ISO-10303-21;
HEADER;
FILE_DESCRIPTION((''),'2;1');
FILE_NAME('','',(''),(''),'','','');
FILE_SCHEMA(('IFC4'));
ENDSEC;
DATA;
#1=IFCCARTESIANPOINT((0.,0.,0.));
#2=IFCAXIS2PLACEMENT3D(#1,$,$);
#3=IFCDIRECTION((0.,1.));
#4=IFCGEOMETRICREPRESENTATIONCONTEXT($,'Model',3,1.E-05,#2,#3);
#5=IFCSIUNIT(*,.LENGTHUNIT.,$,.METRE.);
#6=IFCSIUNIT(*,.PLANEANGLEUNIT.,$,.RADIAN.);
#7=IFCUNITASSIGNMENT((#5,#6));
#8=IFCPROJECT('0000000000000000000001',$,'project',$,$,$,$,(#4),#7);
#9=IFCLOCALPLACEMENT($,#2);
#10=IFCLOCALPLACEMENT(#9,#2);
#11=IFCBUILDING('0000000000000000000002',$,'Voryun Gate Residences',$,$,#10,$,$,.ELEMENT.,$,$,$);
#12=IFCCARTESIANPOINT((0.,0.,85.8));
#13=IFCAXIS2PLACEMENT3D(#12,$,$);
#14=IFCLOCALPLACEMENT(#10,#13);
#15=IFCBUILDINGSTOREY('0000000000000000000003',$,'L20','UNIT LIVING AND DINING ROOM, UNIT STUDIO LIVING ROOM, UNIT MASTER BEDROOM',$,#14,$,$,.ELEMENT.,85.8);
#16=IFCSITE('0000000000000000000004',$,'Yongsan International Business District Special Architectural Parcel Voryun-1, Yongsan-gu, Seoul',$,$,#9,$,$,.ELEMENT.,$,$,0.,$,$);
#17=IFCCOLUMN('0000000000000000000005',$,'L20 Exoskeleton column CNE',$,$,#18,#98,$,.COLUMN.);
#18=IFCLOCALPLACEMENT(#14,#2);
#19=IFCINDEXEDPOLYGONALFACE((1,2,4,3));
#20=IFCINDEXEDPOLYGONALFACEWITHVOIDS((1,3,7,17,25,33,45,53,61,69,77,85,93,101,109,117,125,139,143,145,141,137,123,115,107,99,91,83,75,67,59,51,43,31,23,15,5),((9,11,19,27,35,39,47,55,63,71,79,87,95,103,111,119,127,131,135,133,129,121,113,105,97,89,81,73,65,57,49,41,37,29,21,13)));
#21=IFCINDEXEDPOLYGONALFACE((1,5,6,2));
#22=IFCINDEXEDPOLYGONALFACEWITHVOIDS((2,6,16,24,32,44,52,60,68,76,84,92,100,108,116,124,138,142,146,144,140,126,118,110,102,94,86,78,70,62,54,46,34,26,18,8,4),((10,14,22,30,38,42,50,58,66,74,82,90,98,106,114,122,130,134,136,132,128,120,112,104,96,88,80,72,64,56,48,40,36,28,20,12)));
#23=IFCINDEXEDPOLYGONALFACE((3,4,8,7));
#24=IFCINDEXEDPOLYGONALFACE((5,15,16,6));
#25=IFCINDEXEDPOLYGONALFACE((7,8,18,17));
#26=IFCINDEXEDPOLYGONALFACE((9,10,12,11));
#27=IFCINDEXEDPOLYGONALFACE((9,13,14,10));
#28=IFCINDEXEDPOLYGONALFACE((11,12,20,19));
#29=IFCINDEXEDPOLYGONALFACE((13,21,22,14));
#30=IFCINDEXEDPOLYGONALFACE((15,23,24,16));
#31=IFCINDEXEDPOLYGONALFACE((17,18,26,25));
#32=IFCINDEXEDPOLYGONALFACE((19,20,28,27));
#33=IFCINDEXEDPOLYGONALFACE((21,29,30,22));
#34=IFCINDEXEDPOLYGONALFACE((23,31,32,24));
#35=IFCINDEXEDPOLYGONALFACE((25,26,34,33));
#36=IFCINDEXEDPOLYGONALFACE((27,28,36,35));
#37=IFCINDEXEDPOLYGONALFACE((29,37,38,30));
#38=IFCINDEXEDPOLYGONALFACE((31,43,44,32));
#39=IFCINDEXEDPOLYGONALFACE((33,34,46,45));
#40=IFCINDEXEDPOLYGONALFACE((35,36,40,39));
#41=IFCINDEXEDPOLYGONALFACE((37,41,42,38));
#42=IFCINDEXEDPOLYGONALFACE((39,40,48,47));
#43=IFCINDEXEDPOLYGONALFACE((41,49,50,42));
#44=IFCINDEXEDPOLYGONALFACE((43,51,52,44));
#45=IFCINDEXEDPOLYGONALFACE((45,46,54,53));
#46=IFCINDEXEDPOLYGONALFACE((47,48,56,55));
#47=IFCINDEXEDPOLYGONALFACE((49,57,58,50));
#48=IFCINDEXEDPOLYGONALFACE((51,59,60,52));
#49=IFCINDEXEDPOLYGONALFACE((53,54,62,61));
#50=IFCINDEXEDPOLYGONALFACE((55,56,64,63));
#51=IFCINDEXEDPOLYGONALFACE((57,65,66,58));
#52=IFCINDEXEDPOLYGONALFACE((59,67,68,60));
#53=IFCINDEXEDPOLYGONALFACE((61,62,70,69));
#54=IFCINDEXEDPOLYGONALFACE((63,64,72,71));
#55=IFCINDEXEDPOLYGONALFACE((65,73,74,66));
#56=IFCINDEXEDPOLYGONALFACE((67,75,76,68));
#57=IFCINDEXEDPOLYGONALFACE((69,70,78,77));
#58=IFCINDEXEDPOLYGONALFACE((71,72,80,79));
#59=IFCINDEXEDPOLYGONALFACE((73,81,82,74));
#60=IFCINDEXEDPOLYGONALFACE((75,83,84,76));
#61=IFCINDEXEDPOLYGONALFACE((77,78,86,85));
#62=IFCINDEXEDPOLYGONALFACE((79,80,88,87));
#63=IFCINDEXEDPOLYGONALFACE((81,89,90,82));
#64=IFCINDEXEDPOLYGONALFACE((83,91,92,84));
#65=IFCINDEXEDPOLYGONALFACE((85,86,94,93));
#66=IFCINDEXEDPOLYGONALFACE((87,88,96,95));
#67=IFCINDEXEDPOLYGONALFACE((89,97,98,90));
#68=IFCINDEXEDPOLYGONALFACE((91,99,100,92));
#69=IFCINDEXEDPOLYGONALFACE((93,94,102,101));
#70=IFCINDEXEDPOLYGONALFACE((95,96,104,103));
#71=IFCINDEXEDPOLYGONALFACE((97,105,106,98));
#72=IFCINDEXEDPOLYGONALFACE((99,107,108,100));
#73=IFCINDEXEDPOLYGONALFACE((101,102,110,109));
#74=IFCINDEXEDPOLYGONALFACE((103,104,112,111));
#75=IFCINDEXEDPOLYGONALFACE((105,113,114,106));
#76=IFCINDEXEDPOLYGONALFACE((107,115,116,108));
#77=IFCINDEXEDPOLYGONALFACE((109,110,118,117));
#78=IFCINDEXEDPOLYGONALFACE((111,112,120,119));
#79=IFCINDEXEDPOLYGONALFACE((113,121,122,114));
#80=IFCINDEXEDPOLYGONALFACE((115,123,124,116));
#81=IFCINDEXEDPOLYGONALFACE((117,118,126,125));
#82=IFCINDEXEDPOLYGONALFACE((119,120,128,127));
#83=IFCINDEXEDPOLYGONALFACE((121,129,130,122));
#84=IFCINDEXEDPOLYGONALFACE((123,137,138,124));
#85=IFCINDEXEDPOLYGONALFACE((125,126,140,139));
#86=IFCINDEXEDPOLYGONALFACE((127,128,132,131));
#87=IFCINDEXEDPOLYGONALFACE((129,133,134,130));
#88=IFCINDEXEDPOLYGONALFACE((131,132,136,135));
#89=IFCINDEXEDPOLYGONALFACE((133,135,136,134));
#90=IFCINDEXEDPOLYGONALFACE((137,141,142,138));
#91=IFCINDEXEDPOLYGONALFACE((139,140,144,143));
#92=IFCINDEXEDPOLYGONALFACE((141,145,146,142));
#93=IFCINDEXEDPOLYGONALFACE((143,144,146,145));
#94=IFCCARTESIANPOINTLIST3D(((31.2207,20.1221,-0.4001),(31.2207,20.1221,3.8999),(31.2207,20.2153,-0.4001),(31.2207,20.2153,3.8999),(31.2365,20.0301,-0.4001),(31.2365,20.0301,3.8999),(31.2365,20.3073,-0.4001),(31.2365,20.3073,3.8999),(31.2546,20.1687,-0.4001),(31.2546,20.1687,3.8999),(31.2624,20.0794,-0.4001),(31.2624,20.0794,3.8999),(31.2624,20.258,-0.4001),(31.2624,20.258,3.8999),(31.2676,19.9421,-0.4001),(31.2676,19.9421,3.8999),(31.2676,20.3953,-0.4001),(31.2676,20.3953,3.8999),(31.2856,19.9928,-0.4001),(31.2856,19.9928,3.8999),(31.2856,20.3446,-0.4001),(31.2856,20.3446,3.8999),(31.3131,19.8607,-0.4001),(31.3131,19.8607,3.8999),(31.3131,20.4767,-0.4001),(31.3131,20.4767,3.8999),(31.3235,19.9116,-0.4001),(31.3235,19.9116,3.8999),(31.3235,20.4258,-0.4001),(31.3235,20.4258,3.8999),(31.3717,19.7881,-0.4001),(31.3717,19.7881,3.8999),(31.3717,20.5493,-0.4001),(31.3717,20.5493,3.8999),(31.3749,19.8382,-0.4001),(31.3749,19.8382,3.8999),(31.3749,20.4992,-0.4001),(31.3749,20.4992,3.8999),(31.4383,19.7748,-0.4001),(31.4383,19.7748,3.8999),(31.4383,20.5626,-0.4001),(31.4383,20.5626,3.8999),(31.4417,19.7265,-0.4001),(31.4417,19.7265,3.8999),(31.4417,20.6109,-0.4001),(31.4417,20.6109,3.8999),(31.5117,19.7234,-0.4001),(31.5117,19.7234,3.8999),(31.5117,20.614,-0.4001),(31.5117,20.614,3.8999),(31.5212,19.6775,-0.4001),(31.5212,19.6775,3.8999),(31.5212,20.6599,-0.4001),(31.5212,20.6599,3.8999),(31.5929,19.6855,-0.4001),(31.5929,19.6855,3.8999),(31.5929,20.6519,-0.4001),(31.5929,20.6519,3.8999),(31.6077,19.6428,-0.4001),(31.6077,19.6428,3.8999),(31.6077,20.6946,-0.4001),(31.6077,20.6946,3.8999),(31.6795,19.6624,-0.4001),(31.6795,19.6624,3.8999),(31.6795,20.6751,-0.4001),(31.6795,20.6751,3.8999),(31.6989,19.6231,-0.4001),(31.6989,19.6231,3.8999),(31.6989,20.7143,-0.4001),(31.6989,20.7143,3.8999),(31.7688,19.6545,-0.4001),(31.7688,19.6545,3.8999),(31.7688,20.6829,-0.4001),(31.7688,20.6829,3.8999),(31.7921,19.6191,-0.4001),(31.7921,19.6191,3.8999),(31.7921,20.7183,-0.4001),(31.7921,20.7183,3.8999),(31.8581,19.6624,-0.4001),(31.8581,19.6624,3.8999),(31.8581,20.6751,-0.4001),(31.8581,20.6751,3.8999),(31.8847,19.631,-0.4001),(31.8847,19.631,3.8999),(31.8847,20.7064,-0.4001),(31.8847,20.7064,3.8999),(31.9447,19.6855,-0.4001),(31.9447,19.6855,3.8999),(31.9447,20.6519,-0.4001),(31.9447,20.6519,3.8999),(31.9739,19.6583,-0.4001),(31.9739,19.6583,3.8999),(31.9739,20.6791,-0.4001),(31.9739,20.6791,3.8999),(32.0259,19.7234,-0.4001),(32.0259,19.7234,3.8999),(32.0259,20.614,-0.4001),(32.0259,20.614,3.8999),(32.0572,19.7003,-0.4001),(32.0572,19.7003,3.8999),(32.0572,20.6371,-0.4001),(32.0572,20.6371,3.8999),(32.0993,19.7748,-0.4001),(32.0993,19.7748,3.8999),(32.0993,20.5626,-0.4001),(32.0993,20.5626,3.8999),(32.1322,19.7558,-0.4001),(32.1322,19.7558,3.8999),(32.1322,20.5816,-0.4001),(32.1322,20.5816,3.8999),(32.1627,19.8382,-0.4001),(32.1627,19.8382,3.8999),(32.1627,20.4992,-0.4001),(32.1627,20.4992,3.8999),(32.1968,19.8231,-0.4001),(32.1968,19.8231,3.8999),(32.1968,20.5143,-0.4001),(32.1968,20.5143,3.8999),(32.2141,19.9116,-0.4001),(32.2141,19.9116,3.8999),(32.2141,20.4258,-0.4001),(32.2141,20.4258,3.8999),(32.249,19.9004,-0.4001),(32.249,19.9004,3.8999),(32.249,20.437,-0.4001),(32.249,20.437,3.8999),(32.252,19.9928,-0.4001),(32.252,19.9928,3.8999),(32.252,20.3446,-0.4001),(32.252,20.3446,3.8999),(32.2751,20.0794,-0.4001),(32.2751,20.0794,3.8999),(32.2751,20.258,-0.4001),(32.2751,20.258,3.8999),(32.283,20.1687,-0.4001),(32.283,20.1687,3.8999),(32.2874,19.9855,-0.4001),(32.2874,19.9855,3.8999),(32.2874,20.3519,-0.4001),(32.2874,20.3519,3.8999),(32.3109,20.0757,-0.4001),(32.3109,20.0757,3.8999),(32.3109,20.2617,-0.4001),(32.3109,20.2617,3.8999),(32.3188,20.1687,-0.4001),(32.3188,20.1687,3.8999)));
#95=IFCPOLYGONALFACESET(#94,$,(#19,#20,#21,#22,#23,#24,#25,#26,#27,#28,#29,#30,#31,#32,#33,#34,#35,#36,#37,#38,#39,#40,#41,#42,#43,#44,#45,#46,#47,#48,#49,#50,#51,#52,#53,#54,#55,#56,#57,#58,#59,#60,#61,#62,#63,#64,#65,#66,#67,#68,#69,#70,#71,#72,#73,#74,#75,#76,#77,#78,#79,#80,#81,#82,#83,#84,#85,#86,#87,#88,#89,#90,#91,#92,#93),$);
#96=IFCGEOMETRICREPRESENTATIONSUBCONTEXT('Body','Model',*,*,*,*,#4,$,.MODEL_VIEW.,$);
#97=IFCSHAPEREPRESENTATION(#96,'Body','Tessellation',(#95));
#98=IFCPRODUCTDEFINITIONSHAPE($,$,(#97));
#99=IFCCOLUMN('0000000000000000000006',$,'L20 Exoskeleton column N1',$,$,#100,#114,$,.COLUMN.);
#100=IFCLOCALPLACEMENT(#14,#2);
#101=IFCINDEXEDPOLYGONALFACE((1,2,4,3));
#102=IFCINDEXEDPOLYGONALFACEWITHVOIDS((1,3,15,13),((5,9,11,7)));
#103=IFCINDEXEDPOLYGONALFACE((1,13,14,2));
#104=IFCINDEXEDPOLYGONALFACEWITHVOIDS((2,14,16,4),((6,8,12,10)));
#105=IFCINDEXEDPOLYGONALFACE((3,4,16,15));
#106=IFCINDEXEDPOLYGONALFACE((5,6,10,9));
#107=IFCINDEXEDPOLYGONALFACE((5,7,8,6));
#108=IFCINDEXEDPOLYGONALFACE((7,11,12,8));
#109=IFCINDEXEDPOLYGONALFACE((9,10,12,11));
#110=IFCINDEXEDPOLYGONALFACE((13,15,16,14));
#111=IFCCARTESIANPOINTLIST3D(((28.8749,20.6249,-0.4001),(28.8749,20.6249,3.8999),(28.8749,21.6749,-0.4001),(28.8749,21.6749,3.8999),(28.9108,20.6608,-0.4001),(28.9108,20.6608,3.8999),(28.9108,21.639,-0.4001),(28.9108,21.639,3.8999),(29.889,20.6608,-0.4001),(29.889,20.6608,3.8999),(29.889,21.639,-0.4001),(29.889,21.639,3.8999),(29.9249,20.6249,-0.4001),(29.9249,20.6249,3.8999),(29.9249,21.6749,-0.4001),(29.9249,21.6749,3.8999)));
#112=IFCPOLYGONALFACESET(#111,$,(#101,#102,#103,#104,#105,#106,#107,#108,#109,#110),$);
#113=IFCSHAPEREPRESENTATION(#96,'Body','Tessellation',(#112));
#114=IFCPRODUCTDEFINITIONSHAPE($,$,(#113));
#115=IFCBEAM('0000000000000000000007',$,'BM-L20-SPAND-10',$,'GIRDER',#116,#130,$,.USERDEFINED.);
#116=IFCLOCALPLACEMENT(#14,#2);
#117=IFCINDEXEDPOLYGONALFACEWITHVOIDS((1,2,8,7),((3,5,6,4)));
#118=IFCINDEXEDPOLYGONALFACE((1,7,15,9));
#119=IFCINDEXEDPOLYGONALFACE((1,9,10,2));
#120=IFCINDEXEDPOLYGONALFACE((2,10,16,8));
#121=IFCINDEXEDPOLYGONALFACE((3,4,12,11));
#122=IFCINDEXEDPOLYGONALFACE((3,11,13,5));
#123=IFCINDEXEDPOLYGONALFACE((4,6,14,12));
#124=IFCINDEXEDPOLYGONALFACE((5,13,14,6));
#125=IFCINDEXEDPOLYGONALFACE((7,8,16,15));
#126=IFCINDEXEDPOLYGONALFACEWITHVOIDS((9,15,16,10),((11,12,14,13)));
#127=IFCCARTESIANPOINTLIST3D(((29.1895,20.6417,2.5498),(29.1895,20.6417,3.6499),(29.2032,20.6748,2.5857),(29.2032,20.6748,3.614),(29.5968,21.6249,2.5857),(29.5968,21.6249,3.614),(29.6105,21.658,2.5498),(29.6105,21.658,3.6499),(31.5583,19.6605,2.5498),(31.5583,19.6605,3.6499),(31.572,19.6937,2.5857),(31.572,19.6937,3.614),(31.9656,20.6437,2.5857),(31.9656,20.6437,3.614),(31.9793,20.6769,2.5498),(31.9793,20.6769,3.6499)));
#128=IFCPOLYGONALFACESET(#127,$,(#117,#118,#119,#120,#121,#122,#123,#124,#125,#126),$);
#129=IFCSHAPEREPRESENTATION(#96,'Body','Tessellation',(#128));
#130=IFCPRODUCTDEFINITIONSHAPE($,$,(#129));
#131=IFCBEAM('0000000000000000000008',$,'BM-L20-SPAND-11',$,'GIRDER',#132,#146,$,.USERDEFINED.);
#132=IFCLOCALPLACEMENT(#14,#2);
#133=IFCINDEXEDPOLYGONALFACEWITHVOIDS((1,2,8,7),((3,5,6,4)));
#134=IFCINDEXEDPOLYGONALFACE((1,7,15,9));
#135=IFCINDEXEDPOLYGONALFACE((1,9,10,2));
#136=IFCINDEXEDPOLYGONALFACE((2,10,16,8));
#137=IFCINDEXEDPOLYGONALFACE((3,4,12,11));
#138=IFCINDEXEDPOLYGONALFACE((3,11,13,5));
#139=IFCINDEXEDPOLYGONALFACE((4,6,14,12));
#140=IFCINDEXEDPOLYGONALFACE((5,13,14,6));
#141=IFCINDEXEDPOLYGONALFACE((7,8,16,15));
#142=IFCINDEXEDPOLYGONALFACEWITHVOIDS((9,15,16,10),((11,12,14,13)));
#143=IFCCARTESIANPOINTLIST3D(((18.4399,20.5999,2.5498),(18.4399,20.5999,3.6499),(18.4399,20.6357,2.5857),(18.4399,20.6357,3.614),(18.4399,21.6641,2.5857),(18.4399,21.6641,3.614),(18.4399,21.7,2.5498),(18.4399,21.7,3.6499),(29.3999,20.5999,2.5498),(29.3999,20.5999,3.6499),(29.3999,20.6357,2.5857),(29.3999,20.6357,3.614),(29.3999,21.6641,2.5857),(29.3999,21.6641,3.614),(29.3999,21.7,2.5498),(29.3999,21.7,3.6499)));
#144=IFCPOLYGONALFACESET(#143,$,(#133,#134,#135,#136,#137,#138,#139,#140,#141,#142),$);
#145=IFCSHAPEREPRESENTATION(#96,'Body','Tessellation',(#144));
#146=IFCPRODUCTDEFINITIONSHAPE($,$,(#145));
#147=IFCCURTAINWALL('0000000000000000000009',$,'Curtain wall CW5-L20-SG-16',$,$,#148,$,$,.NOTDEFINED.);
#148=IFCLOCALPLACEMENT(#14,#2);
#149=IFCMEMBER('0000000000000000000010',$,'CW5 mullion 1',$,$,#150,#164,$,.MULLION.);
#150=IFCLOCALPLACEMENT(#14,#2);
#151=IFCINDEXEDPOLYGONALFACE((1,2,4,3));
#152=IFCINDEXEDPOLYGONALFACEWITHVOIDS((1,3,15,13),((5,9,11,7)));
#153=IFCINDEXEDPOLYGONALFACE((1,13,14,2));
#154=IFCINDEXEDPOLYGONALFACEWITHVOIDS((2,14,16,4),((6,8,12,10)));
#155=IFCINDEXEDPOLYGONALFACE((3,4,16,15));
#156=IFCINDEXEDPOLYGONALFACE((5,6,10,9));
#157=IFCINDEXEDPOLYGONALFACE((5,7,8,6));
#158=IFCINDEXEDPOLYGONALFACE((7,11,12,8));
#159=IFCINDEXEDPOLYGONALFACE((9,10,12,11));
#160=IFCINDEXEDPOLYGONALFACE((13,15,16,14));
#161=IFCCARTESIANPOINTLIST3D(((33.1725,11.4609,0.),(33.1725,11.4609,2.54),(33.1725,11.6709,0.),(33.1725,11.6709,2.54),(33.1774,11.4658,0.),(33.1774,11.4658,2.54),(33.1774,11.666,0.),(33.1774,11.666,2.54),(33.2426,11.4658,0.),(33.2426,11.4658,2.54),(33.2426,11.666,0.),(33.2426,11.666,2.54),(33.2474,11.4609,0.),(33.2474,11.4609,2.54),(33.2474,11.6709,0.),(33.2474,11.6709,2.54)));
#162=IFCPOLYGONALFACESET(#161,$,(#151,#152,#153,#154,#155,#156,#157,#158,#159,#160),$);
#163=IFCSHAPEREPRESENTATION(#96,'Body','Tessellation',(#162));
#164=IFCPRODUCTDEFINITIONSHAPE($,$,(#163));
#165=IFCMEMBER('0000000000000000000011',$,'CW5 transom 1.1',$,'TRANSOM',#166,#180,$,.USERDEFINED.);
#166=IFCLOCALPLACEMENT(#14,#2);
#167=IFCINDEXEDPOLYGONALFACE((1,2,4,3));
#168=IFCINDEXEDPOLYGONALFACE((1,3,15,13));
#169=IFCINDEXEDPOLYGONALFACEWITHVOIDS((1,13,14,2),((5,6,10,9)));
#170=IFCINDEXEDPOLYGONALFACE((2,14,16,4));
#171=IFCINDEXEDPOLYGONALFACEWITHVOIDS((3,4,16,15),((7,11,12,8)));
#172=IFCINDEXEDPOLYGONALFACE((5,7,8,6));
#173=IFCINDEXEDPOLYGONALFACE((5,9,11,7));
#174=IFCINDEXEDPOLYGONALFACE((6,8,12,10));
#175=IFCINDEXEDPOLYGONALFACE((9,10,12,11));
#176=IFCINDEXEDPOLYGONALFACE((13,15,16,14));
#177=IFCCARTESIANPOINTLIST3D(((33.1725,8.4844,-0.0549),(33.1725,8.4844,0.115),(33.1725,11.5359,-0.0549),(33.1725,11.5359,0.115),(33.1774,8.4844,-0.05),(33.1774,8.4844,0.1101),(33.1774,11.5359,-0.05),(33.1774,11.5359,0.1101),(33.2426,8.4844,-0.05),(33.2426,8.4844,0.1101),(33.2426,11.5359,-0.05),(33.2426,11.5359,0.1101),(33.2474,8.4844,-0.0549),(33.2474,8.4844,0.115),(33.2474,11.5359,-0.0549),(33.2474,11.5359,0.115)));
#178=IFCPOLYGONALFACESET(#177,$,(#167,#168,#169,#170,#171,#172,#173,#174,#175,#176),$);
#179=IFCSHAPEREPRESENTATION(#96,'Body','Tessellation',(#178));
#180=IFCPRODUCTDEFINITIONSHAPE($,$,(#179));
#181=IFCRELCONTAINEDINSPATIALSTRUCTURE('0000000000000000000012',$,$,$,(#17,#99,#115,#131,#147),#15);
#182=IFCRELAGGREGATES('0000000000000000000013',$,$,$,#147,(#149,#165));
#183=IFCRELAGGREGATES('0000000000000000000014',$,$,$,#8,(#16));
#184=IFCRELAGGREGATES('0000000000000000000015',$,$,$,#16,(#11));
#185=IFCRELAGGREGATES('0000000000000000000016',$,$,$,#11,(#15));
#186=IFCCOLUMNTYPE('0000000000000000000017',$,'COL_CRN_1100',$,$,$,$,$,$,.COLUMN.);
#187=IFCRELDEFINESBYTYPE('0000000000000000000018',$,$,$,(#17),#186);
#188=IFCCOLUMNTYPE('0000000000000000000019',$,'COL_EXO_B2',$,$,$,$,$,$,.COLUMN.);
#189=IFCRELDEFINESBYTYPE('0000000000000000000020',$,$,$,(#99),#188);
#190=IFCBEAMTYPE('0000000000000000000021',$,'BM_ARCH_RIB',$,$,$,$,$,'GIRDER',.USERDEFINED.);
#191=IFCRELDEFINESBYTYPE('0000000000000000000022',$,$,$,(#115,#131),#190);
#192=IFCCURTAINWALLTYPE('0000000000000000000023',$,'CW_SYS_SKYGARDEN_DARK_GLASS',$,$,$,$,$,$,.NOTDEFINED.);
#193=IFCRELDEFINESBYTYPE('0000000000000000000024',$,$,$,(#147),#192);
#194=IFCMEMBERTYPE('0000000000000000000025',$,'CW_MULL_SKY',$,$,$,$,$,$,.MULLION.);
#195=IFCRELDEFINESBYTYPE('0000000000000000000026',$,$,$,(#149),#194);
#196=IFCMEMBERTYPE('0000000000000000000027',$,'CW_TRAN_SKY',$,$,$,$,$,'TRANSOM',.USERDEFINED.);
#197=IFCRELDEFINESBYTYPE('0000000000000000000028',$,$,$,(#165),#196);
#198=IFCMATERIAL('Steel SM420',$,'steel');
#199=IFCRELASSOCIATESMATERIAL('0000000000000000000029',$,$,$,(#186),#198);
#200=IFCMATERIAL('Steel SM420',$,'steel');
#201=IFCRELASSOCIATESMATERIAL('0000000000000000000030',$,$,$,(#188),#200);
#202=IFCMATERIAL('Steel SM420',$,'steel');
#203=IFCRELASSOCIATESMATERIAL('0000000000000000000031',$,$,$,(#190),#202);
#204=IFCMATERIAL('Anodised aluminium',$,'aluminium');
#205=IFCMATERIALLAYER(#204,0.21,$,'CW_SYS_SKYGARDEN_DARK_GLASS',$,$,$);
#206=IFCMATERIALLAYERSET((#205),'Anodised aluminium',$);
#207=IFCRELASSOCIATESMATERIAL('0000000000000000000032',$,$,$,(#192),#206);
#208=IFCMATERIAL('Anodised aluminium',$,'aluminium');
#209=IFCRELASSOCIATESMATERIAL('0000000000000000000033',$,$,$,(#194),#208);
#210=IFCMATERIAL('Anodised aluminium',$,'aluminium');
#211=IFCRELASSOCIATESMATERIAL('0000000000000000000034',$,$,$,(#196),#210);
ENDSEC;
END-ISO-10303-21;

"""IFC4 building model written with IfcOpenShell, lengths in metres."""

from ifc_helpers import new_model, si_unit, direction, frame, origin, origin_2d, place, context, subcontext, project, spatial, hollow_rectangle, hollow_circle, extrude, material, layer, layer_set, material_profile, profile_set, type_object, element, aggregate, save


model = new_model("IFC4")

# Units and contexts
model_context = context("Model", 3, precision=1e-05, world=origin(), true_north=direction((0.0, 1.0)))
body_context = subcontext(model_context, "Body", "Model", "MODEL_VIEW")
ifc_project = project(units=[si_unit("LENGTHUNIT", "METRE"), si_unit("PLANEANGLEUNIT", "RADIAN")], contexts=[model_context])

# Site, building, storey
site_placement = place(None, origin())
site = spatial("IfcSite", under=ifc_project, at=site_placement, Name="Yongsan International Business District Special Architectural Parcel Voryun-1, Yongsan-gu, Seoul", CompositionType="ELEMENT", RefElevation=0.0)
building_placement = place(site_placement, origin())
building = spatial("IfcBuilding", under=site, at=building_placement, Name="Voryun Gate Residences", CompositionType="ELEMENT")
storey_placement = place(building_placement, frame((0.0, 0.0, 85.8)))
storey = spatial("IfcBuildingStorey", under=building, at=storey_placement, Name="L20", Description="UNIT LIVING AND DINING ROOM, UNIT STUDIO LIVING ROOM, UNIT MASTER BEDROOM", CompositionType="ELEMENT", Elevation=85.8)

# Columns
ifc_material_1 = material(Name="Steel SM420", Category="steel")
ifc_material_profile_1 = material_profile(ifc_material_1, hollow_circle(Radius=0.55, WallThickness=0.0359, at=origin_2d()), Name="CHS-1100x36")
ifc_profile_set_1 = profile_set([ifc_material_profile_1], Name="Steel SM420")
column_type_1 = type_object("IfcColumnType", Name="COL_CRN_1100", PredefinedType="COLUMN", material=ifc_profile_set_1)
column_1_placement = place(storey_placement, frame((31.7688, 20.1687, -0.4001), z_axis=(0.0, 0.0, 1.0), x_axis=(1.0, 0.0, 0.0)))
element("IfcColumn", 1, at=column_1_placement, inside=storey, type_object=column_type_1, Name="L20 Exoskeleton column CNE", PredefinedType="COLUMN", context=body_context, shape_type="SweptSolid", body=[
    extrude(hollow_circle(Radius=0.55, WallThickness=0.0359, at=origin_2d()), origin(), (0.0, 0.0, 1.0), 4.3),
])
ifc_material_2 = material(Name="Steel SM420", Category="steel")
ifc_material_profile_2 = material_profile(ifc_material_2, hollow_rectangle(XDim=1.05, YDim=1.05, WallThickness=0.0359, at=origin_2d()), Name="BOX-1050x1050x36")
ifc_profile_set_2 = profile_set([ifc_material_profile_2], Name="Steel SM420")
column_type_2 = type_object("IfcColumnType", Name="COL_EXO_B2", PredefinedType="COLUMN", material=ifc_profile_set_2)
column_2_placement = place(storey_placement, frame((29.3999, 21.1499, -0.4001), z_axis=(0.0, 0.0, 1.0), x_axis=(1.0, 0.0, 0.0)))
element("IfcColumn", 2, at=column_2_placement, inside=storey, type_object=column_type_2, Name="L20 Exoskeleton column N1", PredefinedType="COLUMN", context=body_context, shape_type="SweptSolid", body=[
    extrude(hollow_rectangle(XDim=1.05, YDim=1.05, WallThickness=0.0359, at=origin_2d()), origin(), (0.0, 0.0, 1.0), 4.3),
])

# Beams
ifc_material_3 = material(Name="Steel SM420", Category="steel")
ifc_material_profile_3 = material_profile(ifc_material_3, hollow_rectangle(XDim=1.1001, YDim=1.1001, WallThickness=0.0359, at=origin_2d()), Name="BOX-1100x1100x36")
ifc_profile_set_3 = profile_set([ifc_material_profile_3], Name="Steel SM420")
beam_type = type_object("IfcBeamType", Name="BM_ARCH_RIB", ElementType="GIRDER", PredefinedType="USERDEFINED", material=ifc_profile_set_3)
beam_1_placement = place(storey_placement, frame((31.7688, 20.1687, 3.0999), z_axis=(-0.923883, 0.382674, 0.0), x_axis=(-0.382674, -0.923883, 0.0)))
element("IfcBeam", 3, at=beam_1_placement, inside=storey, type_object=beam_type, Name="BM-L20-SPAND-10", ObjectType="GIRDER", PredefinedType="USERDEFINED", context=body_context, shape_type="SweptSolid", body=[
    extrude(hollow_rectangle(XDim=1.1001, YDim=1.1001, WallThickness=0.0359, at=origin_2d()), origin(), (0.0, 0.0, 1.0), 2.564),
])
beam_2_placement = place(storey_placement, frame((29.3999, 21.1499, 3.0999), z_axis=(-1.0, 0.0, 0.0), x_axis=(0.0, -1.0, 0.0)))
element("IfcBeam", 4, at=beam_2_placement, inside=storey, type_object=beam_type, Name="BM-L20-SPAND-11", ObjectType="GIRDER", PredefinedType="USERDEFINED", context=body_context, shape_type="SweptSolid", body=[
    extrude(hollow_rectangle(XDim=1.1001, YDim=1.1001, WallThickness=0.0359, at=origin_2d()), origin(), (0.0, 0.0, 1.0), 10.96),
])

# Curtain wall, members
ifc_material_4 = material(Name="Anodised aluminium", Category="aluminium")
ifc_layer_1 = layer(ifc_material_4, 0.21, Name="CW_SYS_SKYGARDEN_DARK_GLASS")
ifc_layer_set_1 = layer_set([ifc_layer_1], Name="Anodised aluminium")
curtain_wall_type = type_object("IfcCurtainWallType", Name="CW_SYS_SKYGARDEN_DARK_GLASS", PredefinedType="NOTDEFINED", material=ifc_layer_set_1)
curtain_wall_placement = place(storey_placement, origin())
curtain_wall = element("IfcCurtainWall", 5, at=curtain_wall_placement, inside=storey, type_object=curtain_wall_type, Name="Curtain wall CW5-L20-SG-16", PredefinedType="NOTDEFINED")
ifc_material_5 = material(Name="Anodised aluminium", Category="aluminium")
ifc_material_profile_4 = material_profile(ifc_material_5, hollow_rectangle(XDim=0.075, YDim=0.21, WallThickness=0.0049, at=origin_2d()), Name="ALU-MULL-210x75x5")
ifc_profile_set_4 = profile_set([ifc_material_profile_4], Name="Anodised aluminium")
member_type_1 = type_object("IfcMemberType", Name="CW_MULL_SKY", PredefinedType="MULLION", material=ifc_profile_set_4)
member_1_placement = place(storey_placement, frame((33.21, 11.5659, 0.0), z_axis=(0.0, 0.0, 1.0), x_axis=(1.0, 0.0, 0.0)))
member_1 = element("IfcMember", 6, at=member_1_placement, type_object=member_type_1, Name="CW5 mullion 1", PredefinedType="MULLION", context=body_context, shape_type="SweptSolid", body=[
    extrude(hollow_rectangle(XDim=0.075, YDim=0.21, WallThickness=0.0049, at=origin_2d()), origin(), (0.0, 0.0, 1.0), 2.54),
])
ifc_material_6 = material(Name="Anodised aluminium", Category="aluminium")
ifc_material_profile_5 = material_profile(ifc_material_6, hollow_rectangle(XDim=0.075, YDim=0.1699, WallThickness=0.0049, at=origin_2d()), Name="ALU-TRAN-170x75x5")
ifc_profile_set_5 = profile_set([ifc_material_profile_5], Name="Anodised aluminium")
member_type_2 = type_object("IfcMemberType", Name="CW_TRAN_SKY", ElementType="TRANSOM", PredefinedType="USERDEFINED", material=ifc_profile_set_5)
member_2_placement = place(storey_placement, frame((33.21, 11.5359, 0.03), z_axis=(0.0, -1.0, 0.0), x_axis=(1.0, 0.0, 0.0)))
member_2 = element("IfcMember", 7, at=member_2_placement, type_object=member_type_2, Name="CW5 transom 1.1", ObjectType="TRANSOM", PredefinedType="USERDEFINED", context=body_context, shape_type="SweptSolid", body=[
    extrude(hollow_rectangle(XDim=0.075, YDim=0.1699, WallThickness=0.0049, at=origin_2d()), origin(), (0.0, 0.0, 1.0), 3.0515),
])
aggregate(curtain_wall, [member_1, member_2])

save(model, "model.ifc")
